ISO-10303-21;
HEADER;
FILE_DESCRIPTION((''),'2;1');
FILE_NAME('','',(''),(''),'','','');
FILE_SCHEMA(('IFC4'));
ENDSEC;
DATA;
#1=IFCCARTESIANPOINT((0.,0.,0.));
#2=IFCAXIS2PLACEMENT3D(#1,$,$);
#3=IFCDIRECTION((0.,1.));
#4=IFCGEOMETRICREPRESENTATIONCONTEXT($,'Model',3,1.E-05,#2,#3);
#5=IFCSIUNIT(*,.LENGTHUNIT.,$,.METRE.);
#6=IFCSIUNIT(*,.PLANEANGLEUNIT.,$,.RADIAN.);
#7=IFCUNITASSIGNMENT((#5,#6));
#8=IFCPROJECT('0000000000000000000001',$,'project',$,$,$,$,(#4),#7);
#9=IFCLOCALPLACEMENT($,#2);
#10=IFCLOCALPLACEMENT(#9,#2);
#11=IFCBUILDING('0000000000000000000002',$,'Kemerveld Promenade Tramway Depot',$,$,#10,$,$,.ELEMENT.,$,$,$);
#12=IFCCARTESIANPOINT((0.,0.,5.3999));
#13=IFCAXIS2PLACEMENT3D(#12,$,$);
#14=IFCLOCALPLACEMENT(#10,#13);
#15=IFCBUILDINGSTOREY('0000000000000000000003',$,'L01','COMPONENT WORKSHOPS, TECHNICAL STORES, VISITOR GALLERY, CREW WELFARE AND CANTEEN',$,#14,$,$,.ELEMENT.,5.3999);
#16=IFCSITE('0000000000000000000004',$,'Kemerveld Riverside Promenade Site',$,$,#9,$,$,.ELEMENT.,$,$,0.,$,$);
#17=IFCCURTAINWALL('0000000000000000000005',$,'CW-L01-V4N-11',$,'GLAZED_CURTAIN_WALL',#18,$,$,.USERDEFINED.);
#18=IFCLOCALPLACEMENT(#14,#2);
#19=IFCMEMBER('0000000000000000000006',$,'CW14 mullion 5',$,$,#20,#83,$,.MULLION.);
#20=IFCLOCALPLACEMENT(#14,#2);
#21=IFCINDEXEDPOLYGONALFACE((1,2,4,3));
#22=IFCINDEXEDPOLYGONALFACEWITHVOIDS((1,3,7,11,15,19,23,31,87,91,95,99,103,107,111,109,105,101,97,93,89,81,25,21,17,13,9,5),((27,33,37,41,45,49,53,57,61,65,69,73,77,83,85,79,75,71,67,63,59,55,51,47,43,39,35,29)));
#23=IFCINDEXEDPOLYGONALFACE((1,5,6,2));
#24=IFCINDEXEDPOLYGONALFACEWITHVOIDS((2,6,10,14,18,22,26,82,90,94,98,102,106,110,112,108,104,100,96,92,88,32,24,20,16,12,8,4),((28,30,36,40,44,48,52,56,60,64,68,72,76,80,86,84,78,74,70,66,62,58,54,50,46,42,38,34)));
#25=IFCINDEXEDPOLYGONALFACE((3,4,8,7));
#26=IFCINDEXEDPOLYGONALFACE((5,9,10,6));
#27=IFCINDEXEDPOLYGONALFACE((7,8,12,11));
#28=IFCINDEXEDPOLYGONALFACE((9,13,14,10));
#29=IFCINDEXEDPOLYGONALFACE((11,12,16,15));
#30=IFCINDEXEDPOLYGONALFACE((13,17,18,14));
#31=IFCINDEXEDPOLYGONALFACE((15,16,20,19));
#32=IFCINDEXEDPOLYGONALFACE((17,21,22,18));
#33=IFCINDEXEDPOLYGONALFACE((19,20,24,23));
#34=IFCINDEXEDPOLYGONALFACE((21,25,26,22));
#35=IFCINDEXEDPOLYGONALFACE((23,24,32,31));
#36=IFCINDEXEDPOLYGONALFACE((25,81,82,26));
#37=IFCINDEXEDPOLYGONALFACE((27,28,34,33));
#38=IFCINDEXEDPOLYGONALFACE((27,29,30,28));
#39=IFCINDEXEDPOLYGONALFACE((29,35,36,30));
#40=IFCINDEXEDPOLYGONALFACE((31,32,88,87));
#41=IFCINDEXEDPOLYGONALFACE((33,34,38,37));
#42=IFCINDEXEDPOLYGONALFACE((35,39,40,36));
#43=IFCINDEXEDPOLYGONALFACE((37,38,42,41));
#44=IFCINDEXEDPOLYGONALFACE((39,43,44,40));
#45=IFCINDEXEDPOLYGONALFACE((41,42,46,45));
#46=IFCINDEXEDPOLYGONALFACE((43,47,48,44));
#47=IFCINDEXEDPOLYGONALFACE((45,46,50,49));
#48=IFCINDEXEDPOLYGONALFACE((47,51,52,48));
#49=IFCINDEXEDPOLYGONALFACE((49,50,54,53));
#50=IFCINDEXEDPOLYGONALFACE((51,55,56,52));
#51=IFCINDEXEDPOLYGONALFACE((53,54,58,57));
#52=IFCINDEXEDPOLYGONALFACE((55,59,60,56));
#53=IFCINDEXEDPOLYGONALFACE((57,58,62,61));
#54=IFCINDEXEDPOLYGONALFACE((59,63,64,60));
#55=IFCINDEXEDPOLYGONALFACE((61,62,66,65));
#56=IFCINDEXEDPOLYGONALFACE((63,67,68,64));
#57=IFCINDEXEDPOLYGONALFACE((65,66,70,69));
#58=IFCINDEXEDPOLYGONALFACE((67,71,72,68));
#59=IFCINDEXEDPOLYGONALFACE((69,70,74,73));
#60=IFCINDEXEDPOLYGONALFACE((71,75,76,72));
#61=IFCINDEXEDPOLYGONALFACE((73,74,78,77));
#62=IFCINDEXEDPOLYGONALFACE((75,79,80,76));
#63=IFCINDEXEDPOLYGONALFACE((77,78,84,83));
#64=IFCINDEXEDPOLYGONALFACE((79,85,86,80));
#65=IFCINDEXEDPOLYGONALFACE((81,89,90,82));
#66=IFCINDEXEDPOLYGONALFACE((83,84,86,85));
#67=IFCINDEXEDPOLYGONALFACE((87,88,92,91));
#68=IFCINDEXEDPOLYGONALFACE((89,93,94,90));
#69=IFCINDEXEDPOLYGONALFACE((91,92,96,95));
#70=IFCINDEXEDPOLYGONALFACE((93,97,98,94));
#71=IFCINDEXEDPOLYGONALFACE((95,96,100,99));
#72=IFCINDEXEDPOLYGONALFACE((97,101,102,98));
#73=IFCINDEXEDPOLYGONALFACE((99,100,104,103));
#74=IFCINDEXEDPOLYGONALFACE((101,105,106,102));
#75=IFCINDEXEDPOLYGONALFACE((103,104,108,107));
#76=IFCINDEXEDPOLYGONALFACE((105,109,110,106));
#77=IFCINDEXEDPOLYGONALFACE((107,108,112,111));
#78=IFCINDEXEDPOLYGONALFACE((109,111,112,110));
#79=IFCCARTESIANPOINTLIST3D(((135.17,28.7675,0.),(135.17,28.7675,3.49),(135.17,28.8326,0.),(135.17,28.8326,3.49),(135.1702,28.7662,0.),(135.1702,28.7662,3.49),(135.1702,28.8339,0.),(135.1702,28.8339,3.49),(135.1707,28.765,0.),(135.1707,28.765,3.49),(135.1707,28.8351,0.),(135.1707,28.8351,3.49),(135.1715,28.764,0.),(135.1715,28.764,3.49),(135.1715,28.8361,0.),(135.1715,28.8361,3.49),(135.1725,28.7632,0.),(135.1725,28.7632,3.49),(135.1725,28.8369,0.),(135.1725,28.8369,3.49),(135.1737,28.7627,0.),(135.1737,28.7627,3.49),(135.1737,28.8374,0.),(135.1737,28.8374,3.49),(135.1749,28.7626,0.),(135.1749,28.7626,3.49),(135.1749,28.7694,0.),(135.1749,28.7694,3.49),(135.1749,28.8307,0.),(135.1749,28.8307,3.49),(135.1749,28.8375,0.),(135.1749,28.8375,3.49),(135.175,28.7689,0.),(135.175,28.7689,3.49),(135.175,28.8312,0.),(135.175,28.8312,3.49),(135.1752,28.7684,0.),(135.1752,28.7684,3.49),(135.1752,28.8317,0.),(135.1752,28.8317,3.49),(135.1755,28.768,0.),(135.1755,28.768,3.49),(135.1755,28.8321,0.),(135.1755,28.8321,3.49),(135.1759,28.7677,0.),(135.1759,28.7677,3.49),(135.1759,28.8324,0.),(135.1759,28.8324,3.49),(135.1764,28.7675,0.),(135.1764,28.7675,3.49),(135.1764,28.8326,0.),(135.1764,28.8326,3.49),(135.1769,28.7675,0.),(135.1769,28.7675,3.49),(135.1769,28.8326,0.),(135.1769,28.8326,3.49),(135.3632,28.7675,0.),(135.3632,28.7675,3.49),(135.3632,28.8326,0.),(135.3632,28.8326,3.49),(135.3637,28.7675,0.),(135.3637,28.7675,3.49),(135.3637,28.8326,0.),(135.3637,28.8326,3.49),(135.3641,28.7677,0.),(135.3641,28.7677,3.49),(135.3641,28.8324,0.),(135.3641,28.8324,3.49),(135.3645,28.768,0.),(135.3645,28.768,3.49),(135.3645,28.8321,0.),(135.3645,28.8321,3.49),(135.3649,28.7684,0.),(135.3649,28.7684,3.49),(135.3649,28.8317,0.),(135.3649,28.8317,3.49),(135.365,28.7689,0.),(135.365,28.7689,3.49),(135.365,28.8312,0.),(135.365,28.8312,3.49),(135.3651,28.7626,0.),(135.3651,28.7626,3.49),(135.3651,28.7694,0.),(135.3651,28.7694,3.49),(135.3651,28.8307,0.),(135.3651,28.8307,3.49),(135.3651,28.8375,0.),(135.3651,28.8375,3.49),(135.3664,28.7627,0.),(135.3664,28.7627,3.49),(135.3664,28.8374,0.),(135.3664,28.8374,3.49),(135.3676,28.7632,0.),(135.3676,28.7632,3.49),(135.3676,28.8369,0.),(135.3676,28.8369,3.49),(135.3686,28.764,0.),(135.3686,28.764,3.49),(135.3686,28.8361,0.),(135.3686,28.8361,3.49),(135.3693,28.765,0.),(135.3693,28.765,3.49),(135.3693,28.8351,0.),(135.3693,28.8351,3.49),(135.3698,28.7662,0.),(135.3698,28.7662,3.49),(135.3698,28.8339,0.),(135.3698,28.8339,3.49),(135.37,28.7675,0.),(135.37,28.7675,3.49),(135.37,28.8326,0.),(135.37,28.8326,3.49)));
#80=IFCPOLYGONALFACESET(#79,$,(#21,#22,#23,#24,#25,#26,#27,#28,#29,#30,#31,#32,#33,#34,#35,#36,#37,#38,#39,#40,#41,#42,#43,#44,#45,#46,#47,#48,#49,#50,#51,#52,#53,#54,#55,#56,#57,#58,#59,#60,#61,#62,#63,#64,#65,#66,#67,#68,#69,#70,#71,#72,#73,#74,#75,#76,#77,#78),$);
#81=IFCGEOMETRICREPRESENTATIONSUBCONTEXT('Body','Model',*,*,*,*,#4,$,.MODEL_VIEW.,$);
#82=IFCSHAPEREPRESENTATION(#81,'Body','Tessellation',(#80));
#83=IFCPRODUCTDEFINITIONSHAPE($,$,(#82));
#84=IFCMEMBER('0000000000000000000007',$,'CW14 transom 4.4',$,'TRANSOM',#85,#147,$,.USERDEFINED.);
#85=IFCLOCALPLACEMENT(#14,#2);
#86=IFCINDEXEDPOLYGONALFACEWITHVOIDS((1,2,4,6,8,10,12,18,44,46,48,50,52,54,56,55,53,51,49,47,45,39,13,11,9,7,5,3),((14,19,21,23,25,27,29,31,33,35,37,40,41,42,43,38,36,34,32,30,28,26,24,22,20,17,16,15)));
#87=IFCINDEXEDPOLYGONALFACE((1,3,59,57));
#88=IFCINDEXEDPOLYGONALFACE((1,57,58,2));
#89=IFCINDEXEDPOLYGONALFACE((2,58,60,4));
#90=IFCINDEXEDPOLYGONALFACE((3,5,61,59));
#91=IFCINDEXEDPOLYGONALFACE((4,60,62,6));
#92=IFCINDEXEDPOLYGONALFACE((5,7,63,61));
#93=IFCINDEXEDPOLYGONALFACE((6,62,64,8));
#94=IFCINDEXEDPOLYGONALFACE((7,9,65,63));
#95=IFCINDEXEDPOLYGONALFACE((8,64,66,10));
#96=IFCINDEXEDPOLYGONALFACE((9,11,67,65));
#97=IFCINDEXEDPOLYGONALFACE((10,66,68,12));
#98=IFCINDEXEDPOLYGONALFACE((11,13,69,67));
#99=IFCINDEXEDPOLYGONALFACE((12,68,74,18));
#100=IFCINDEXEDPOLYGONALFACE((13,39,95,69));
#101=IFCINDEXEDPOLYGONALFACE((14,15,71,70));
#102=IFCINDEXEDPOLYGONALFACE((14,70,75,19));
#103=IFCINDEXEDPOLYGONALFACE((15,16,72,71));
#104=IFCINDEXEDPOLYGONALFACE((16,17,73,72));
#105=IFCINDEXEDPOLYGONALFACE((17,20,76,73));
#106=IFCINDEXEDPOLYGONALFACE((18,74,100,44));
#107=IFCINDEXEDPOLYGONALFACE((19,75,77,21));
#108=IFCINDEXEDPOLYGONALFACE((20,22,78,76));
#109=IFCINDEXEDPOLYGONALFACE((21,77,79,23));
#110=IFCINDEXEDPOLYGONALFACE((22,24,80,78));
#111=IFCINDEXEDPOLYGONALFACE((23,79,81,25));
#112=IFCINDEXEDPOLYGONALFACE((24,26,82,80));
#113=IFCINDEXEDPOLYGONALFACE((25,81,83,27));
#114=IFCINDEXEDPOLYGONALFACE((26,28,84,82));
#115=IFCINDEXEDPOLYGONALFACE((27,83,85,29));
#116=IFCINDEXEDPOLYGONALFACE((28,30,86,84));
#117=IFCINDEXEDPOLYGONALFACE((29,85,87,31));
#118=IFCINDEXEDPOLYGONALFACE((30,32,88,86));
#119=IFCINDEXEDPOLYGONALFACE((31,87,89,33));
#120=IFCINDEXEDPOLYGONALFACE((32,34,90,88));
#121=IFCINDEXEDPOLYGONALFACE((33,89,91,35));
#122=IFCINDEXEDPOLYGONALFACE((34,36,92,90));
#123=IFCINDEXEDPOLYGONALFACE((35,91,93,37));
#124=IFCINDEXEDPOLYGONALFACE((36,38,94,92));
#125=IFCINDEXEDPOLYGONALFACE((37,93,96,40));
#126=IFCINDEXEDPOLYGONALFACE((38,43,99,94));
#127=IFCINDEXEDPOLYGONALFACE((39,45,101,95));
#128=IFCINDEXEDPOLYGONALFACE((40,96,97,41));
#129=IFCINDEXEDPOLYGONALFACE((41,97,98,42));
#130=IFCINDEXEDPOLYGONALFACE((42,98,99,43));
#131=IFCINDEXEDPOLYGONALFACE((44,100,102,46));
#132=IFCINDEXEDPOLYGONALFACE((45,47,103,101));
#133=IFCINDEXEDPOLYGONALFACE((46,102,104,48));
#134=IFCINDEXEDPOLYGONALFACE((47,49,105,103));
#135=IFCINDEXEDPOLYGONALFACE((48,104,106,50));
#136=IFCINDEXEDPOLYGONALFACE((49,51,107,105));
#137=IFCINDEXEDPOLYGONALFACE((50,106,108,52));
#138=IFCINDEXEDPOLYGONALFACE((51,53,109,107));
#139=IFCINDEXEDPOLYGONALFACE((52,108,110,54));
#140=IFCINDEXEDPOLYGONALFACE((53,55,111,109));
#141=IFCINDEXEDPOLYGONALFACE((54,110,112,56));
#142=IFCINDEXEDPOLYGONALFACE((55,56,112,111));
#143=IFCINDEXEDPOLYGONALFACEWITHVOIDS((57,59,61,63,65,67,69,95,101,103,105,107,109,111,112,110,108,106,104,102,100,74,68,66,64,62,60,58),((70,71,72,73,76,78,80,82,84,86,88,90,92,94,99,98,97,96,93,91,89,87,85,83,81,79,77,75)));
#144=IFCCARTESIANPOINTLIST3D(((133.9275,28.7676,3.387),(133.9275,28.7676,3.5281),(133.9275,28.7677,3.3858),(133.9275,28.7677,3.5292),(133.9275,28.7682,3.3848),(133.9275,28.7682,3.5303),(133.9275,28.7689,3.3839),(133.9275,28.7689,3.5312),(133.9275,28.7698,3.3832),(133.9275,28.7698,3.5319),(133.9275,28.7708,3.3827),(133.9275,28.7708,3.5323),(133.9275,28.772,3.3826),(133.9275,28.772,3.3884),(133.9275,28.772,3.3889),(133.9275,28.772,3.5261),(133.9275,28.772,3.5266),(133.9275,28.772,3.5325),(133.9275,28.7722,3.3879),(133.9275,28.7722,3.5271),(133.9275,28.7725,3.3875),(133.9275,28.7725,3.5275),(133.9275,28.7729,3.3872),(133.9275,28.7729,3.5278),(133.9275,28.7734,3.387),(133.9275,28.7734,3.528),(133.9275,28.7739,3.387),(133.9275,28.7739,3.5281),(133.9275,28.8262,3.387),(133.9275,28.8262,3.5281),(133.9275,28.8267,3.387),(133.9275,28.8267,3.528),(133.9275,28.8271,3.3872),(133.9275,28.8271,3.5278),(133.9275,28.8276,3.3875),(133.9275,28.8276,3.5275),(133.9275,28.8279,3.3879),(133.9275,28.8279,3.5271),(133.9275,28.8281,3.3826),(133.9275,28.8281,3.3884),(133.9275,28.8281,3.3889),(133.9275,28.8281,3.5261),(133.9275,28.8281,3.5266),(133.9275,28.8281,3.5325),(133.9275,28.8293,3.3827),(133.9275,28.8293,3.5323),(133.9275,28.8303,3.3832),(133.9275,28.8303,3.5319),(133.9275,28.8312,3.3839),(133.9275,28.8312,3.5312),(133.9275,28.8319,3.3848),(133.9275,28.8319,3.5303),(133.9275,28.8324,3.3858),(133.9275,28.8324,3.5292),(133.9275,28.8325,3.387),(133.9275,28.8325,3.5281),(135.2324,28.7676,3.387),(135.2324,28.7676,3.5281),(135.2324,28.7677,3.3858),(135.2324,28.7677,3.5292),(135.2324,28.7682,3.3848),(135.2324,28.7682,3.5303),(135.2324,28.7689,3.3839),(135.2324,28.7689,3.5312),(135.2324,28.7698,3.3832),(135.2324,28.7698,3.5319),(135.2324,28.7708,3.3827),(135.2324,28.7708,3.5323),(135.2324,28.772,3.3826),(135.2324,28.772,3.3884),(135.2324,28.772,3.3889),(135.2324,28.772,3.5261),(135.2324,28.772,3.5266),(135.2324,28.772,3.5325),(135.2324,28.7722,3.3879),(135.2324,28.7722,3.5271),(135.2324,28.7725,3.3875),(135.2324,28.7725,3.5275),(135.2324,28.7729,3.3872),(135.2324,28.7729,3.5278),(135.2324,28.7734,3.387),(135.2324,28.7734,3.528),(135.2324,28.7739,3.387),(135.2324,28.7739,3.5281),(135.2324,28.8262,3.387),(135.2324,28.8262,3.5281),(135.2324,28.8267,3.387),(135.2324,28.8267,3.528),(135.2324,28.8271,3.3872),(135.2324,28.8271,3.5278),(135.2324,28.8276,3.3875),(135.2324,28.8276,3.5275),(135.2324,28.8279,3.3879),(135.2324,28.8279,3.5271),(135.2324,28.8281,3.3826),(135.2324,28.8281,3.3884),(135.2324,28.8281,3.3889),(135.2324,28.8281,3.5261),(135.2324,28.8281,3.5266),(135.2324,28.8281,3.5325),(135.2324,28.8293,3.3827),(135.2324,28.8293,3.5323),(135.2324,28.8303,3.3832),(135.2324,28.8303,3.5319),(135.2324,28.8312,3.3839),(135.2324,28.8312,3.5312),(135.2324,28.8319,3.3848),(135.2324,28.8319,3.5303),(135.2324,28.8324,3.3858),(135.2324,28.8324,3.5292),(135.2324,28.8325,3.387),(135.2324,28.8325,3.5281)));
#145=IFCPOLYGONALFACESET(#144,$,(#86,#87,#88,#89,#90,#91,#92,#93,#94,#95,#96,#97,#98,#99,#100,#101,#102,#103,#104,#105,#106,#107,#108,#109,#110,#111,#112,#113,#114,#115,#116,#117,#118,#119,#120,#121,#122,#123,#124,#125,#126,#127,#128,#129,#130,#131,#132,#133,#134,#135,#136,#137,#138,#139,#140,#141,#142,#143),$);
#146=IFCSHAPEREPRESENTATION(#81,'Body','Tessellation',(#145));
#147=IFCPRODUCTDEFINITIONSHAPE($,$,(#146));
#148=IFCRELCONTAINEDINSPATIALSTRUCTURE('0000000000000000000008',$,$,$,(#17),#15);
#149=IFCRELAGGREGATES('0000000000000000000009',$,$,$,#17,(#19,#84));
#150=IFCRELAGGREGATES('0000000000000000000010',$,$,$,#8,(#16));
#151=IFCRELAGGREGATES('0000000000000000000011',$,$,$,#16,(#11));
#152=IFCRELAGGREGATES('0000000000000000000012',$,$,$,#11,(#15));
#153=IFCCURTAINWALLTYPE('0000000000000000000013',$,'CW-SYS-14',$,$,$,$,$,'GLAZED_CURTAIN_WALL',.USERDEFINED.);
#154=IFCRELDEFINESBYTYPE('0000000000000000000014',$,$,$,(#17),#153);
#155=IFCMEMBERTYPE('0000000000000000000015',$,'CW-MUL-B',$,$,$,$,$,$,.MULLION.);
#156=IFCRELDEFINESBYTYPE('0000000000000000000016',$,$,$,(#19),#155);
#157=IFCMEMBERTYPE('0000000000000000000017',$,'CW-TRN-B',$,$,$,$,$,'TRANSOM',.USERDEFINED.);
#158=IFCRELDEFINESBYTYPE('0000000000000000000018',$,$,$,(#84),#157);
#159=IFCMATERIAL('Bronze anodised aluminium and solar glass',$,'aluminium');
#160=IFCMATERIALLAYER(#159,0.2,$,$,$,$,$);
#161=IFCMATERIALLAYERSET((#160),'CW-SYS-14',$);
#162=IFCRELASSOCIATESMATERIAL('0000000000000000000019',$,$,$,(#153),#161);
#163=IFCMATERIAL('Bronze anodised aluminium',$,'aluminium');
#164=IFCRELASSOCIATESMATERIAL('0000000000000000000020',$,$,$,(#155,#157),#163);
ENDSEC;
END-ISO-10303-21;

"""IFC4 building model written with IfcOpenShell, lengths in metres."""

from ifc_helpers import new_model, si_unit, direction, frame, origin, origin_2d, place, context, subcontext, project, spatial, hollow_rectangle, extrude, material, layer, layer_set, material_profile, profile_set, type_object, element, aggregate, save


model = new_model("IFC4")

# Units and contexts
model_context = context("Model", 3, precision=1e-05, world=origin(), true_north=direction((0.0, 1.0)))
body_context = subcontext(model_context, "Body", "Model", "MODEL_VIEW")
ifc_project = project(units=[si_unit("LENGTHUNIT", "METRE"), si_unit("PLANEANGLEUNIT", "RADIAN")], contexts=[model_context])

# Site, building, storey
site_placement = place(None, origin())
site = spatial("IfcSite", under=ifc_project, at=site_placement, Name="Kemerveld Riverside Promenade Site", CompositionType="ELEMENT", RefElevation=0.0)
building_placement = place(site_placement, origin())
building = spatial("IfcBuilding", under=site, at=building_placement, Name="Kemerveld Promenade Tramway Depot", CompositionType="ELEMENT")
storey_placement = place(building_placement, frame((0.0, 0.0, 5.3999)))
storey = spatial("IfcBuildingStorey", under=building, at=storey_placement, Name="L01", Description="COMPONENT WORKSHOPS, TECHNICAL STORES, VISITOR GALLERY, CREW WELFARE AND CANTEEN", CompositionType="ELEMENT", Elevation=5.3999)

# Curtain wall, members
ifc_material_1 = material(Name="Bronze anodised aluminium and solar glass", Category="aluminium")
ifc_layer_1 = layer(ifc_material_1, 0.2)
ifc_layer_set_1 = layer_set([ifc_layer_1], Name="CW-SYS-14")
curtain_wall_type = type_object("IfcCurtainWallType", Name="CW-SYS-14", ElementType="GLAZED_CURTAIN_WALL", PredefinedType="USERDEFINED", material=ifc_layer_set_1)
curtain_wall_placement = place(storey_placement, origin())
curtain_wall = element("IfcCurtainWall", 1, at=curtain_wall_placement, inside=storey, type_object=curtain_wall_type, Name="CW-L01-V4N-11", ObjectType="GLAZED_CURTAIN_WALL", PredefinedType="USERDEFINED")
ifc_material_2 = material(Name="Bronze anodised aluminium", Category="aluminium")
ifc_material_profile_1 = material_profile(ifc_material_2, hollow_rectangle(XDim=0.075, YDim=0.2, WallThickness=0.0049, InnerFilletRadius=0.002, OuterFilletRadius=0.0049, at=origin_2d()), Name="CW-MUL-200x75")
ifc_profile_set_1 = profile_set([ifc_material_profile_1], Name="Bronze anodised aluminium")
member_type_1 = type_object("IfcMemberType", Name="CW-MUL-B", PredefinedType="MULLION", material=ifc_profile_set_1)
member_1_placement = place(storey_placement, frame((135.27, 28.8, 0.0), z_axis=(0.0, 0.0, 1.0), x_axis=(0.0, 1.0, 0.0)))
member_1 = element("IfcMember", 2, at=member_1_placement, type_object=member_type_1, Name="CW14 mullion 5", PredefinedType="MULLION", context=body_context, shape_type="SweptSolid", body=[
    extrude(hollow_rectangle(XDim=0.075, YDim=0.2, WallThickness=0.0049, InnerFilletRadius=0.002, OuterFilletRadius=0.0049, at=origin_2d()), origin(), (0.0, 0.0, 1.0), 3.49),
])
ifc_material_profile_2 = material_profile(ifc_material_2, hollow_rectangle(XDim=0.0649, YDim=0.1499, WallThickness=0.0044, InnerFilletRadius=0.002, OuterFilletRadius=0.0044, at=origin_2d()), Name="CW-TRN-150x65")
ifc_profile_set_2 = profile_set([ifc_material_profile_2], Name="Bronze anodised aluminium")
member_type_2 = type_object("IfcMemberType", Name="CW-TRN-B", ElementType="TRANSOM", PredefinedType="USERDEFINED", material=ifc_profile_set_2)
member_2_placement = place(storey_placement, frame((133.9275, 28.8, 3.4575), z_axis=(1.0, 0.0, 0.0), x_axis=(0.0, 1.0, 0.0)))
member_2 = element("IfcMember", 3, at=member_2_placement, type_object=member_type_2, Name="CW14 transom 4.4", ObjectType="TRANSOM", PredefinedType="USERDEFINED", context=body_context, shape_type="SweptSolid", body=[
    extrude(hollow_rectangle(XDim=0.0649, YDim=0.1499, WallThickness=0.0044, InnerFilletRadius=0.002, OuterFilletRadius=0.0044, at=origin_2d()), origin(), (0.0, 0.0, 1.0), 1.3049),
])
aggregate(curtain_wall, [member_1, member_2])

save(model, "model.ifc")
